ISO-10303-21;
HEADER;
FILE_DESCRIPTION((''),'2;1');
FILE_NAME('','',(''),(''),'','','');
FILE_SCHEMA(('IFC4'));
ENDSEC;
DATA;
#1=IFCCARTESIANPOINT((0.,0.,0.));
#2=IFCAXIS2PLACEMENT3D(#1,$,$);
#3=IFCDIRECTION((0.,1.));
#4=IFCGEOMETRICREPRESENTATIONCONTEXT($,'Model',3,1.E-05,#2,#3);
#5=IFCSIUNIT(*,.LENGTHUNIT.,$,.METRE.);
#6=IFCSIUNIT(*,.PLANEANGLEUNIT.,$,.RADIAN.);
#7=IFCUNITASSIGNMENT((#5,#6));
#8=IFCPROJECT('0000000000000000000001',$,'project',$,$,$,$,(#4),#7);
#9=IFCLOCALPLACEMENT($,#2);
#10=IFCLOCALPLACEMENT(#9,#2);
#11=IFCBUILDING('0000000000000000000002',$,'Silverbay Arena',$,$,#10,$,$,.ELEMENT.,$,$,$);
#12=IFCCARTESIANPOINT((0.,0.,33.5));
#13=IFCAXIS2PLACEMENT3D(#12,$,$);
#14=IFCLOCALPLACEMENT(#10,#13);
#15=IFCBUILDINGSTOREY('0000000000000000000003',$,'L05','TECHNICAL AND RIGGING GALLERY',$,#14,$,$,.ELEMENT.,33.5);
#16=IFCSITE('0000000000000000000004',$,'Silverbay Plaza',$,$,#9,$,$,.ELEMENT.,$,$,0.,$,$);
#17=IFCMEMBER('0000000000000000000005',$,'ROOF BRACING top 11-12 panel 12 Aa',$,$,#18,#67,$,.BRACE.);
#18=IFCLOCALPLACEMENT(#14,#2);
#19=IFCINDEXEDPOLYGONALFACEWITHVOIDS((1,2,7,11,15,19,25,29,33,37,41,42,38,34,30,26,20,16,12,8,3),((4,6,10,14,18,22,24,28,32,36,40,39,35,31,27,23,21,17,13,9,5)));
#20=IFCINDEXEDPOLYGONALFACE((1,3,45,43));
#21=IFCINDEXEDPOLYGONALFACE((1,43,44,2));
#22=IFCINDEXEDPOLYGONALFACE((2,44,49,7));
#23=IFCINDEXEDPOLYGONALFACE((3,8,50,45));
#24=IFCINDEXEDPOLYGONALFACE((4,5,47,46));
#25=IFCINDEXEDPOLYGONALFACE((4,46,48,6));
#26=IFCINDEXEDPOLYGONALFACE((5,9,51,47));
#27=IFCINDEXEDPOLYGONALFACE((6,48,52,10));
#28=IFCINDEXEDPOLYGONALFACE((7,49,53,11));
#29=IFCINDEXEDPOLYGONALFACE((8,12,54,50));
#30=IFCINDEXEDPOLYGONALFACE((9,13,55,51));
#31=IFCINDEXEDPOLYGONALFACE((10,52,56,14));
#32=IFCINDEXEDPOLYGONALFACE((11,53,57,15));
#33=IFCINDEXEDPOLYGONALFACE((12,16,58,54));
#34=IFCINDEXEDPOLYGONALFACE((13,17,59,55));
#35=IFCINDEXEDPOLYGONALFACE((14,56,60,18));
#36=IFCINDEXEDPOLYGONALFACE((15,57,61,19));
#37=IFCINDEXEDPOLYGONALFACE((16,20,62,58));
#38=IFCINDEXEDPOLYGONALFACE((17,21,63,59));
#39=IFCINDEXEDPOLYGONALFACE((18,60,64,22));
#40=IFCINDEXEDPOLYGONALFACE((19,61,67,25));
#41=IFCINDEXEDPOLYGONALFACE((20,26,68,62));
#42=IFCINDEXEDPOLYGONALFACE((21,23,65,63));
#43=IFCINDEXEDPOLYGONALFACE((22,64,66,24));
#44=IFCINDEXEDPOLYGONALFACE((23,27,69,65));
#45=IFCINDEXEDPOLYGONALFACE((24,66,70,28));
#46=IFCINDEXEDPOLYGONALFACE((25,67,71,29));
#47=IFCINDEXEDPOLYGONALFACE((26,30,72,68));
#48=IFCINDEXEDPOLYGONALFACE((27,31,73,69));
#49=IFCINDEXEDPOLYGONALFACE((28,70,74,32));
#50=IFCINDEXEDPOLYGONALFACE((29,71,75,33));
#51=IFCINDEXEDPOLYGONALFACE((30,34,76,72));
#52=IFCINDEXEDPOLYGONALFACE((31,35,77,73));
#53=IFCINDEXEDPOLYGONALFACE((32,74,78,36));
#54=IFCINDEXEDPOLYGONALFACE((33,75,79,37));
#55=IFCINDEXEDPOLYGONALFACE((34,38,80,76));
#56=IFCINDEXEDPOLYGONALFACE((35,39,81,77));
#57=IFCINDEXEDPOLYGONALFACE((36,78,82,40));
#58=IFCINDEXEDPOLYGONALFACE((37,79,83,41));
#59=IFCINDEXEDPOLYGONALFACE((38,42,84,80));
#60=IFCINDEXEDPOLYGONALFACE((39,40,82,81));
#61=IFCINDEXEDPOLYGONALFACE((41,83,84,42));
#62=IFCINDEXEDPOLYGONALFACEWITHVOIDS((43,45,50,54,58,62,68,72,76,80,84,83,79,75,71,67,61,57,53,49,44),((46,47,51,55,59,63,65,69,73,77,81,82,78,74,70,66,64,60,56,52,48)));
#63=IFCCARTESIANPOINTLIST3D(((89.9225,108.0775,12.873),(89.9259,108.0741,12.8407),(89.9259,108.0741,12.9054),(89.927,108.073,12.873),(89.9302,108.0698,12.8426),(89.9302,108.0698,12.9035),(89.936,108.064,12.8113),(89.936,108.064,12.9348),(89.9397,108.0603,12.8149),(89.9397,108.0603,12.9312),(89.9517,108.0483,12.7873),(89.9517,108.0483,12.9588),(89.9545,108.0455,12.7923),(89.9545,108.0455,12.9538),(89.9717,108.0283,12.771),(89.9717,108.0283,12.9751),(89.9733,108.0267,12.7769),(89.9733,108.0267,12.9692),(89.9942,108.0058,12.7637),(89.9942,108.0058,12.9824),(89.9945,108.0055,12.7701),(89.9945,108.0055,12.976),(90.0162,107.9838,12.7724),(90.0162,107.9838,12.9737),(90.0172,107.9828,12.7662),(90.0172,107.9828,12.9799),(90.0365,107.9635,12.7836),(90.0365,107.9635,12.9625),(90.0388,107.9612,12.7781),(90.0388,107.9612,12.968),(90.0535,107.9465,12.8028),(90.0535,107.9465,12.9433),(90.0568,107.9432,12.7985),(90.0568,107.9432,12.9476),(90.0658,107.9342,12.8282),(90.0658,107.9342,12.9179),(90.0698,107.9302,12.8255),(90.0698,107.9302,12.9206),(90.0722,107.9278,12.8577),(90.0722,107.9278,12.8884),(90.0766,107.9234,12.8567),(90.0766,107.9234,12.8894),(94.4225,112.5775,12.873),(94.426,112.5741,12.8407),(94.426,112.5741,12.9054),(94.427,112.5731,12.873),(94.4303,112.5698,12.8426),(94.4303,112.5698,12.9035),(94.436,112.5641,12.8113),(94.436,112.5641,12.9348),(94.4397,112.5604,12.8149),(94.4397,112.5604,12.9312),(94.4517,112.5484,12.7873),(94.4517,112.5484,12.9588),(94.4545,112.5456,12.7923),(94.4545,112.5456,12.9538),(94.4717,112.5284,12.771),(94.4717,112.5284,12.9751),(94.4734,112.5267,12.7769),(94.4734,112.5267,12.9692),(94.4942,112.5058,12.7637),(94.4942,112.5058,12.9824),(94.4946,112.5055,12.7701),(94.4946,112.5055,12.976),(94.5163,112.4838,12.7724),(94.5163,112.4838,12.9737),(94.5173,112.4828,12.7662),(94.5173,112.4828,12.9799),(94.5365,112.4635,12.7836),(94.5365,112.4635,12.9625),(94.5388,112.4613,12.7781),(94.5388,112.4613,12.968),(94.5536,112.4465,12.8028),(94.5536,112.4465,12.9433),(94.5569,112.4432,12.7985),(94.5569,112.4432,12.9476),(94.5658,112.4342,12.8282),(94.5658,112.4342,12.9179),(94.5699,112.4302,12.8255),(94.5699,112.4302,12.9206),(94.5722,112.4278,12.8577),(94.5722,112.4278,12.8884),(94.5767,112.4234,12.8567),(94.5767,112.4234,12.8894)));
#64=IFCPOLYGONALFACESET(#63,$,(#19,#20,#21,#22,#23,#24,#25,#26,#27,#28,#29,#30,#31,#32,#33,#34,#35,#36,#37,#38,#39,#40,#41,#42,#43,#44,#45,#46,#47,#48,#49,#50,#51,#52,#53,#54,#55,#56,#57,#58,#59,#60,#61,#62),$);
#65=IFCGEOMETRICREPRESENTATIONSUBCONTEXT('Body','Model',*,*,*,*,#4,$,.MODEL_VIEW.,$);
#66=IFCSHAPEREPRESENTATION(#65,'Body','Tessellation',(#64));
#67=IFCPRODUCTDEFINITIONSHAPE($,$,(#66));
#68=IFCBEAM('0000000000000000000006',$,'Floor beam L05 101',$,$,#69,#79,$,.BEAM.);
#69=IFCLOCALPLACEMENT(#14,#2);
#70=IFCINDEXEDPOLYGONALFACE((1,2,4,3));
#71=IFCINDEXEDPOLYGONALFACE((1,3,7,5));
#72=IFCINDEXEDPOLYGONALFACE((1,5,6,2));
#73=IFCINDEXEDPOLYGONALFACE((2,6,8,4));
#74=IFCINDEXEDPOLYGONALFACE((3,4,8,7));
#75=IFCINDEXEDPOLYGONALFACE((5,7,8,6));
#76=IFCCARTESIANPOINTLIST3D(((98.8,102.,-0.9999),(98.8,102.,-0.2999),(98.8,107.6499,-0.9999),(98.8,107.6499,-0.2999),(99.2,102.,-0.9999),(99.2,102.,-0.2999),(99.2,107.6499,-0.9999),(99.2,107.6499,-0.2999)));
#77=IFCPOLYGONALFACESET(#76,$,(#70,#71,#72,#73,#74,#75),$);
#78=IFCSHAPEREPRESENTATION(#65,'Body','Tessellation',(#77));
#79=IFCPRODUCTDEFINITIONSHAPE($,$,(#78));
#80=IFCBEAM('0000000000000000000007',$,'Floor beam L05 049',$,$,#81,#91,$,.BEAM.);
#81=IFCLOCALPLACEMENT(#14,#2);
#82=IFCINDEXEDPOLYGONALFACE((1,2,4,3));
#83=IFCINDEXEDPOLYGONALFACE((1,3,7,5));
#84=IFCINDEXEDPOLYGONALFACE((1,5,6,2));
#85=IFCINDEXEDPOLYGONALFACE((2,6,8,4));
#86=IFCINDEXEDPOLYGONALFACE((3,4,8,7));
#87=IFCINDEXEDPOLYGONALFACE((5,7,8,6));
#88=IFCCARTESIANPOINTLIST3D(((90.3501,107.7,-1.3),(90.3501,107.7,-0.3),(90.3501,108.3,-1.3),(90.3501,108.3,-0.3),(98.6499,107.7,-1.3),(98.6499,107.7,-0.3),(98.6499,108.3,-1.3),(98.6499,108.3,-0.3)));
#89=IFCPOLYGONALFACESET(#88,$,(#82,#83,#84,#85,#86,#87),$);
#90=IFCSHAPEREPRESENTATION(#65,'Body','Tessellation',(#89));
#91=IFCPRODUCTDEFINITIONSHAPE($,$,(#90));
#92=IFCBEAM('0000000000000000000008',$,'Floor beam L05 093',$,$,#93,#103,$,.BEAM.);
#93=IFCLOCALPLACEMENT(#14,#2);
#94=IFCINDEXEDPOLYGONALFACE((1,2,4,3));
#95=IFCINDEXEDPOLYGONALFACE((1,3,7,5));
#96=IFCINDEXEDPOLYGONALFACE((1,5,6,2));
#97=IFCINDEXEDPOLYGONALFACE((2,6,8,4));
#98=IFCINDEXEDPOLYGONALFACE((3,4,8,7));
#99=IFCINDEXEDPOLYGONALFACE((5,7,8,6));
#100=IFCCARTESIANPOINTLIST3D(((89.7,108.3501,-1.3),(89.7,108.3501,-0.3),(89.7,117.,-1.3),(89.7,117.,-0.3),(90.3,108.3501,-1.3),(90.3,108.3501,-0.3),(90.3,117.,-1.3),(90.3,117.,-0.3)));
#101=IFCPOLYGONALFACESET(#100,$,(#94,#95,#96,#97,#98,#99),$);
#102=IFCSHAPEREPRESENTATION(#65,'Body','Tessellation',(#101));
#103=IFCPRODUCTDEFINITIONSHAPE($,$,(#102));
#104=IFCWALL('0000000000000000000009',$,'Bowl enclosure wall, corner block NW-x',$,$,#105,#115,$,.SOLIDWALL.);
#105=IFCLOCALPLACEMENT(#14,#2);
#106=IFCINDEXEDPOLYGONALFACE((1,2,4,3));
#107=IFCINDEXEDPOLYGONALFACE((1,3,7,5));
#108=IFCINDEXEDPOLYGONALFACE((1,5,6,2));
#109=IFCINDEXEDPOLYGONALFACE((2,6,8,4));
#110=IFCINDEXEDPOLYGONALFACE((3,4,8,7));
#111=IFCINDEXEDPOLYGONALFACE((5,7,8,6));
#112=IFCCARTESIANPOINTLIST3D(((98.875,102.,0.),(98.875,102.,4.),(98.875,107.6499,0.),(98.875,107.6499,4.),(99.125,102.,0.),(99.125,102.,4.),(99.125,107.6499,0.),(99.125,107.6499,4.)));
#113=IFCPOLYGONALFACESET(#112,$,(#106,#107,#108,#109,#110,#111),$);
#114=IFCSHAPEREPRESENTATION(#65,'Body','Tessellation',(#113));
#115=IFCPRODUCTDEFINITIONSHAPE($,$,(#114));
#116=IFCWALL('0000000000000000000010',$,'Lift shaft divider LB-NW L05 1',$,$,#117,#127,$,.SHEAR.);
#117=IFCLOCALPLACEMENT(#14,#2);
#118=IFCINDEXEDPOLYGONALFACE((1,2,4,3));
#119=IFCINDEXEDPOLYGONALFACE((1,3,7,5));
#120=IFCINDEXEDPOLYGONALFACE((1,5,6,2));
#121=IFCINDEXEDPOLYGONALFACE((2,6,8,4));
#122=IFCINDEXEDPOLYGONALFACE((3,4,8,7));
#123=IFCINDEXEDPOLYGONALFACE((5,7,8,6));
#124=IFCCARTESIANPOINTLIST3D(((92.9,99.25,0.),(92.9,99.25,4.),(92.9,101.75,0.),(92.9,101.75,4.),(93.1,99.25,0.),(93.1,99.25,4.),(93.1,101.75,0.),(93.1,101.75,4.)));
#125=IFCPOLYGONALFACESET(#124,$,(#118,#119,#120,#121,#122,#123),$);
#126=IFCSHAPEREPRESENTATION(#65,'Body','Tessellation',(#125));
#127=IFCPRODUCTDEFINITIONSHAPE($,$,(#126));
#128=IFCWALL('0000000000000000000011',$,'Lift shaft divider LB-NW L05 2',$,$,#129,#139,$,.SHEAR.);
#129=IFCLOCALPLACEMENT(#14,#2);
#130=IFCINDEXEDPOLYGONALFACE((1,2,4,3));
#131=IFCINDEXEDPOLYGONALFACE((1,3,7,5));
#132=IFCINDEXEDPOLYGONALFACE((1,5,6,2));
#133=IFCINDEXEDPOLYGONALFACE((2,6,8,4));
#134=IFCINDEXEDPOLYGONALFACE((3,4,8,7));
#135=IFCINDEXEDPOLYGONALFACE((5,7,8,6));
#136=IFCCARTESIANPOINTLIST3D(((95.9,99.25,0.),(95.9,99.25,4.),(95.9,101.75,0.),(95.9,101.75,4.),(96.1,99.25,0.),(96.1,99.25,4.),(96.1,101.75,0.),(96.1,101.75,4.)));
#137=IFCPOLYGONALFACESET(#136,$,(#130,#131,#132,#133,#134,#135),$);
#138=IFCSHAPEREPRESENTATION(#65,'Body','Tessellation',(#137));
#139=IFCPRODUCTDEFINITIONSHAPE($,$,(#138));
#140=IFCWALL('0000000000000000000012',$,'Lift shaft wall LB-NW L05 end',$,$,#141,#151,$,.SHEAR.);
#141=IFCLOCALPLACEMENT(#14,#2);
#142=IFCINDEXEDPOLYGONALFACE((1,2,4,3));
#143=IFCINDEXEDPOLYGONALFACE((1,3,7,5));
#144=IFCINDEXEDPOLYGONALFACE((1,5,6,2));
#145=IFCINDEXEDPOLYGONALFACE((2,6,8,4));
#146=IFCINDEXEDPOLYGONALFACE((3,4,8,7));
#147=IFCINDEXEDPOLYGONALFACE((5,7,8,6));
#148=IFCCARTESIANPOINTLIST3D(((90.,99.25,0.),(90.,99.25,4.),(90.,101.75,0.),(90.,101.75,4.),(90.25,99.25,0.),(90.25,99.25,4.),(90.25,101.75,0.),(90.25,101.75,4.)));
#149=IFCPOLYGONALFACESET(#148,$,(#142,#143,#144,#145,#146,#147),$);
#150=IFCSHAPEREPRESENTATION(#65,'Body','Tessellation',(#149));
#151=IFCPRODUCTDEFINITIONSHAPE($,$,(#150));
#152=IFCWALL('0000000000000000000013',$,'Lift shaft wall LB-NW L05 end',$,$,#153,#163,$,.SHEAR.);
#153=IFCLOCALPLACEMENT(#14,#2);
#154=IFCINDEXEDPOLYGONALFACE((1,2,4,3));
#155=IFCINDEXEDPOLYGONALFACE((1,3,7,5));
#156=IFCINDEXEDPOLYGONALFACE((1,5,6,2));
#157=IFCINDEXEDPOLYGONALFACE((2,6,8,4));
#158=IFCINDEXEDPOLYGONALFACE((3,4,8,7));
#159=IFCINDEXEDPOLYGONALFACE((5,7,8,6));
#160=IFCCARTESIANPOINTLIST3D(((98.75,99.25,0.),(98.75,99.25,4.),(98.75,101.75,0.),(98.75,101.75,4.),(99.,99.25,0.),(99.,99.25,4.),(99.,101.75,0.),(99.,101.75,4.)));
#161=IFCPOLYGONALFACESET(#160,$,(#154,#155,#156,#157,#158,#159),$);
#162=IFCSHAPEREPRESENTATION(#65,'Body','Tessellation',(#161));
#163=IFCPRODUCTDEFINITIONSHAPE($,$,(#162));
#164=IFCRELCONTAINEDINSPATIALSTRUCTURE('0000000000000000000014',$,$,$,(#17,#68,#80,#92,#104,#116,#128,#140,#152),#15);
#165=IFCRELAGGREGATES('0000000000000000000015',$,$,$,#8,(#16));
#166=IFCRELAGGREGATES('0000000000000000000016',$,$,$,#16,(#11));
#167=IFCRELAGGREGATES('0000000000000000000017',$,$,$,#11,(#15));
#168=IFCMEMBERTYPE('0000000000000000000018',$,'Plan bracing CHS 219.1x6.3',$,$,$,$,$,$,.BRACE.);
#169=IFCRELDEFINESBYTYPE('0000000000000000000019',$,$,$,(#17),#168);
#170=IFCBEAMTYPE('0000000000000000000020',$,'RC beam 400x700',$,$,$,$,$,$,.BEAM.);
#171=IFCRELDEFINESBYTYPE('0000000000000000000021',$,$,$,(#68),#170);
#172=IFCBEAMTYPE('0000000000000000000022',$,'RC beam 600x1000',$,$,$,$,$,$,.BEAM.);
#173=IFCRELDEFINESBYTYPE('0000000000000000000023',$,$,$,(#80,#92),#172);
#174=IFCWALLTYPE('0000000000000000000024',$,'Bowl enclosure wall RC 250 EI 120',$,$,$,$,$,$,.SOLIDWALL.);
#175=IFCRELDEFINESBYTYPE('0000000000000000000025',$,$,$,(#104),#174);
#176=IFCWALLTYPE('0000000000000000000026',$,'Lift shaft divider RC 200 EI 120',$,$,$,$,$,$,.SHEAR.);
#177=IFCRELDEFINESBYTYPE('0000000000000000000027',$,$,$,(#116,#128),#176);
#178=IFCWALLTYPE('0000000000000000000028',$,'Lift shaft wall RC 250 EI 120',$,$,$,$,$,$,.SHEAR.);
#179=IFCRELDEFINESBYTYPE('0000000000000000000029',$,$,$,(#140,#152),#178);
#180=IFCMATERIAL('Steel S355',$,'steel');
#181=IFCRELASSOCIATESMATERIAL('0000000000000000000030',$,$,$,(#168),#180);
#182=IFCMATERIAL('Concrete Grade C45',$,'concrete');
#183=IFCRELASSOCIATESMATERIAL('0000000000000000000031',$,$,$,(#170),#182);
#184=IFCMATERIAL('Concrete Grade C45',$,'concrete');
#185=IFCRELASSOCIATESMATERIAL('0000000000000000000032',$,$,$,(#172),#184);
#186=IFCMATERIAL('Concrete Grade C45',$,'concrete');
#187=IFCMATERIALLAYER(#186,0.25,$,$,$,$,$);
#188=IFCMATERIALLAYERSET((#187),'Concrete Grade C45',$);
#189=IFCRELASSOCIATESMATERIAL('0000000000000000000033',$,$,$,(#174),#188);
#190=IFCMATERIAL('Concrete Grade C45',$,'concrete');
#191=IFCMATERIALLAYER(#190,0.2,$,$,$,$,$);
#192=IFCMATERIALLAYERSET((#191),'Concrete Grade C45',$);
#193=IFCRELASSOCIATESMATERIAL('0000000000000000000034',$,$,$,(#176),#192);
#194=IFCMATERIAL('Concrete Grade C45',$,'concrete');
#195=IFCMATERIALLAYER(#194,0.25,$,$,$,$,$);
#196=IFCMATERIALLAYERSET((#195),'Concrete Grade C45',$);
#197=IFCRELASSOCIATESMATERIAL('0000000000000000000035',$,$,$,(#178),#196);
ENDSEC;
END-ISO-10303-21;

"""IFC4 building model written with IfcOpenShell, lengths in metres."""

from ifc_helpers import new_model, si_unit, direction, frame, frame_2d, origin, origin_2d, place, context, subcontext, project, spatial, rectangle, hollow_circle, extrude, material, layer, layer_set, material_profile, profile_set, type_object, element, save


model = new_model("IFC4")

# Units and contexts
model_context = context("Model", 3, precision=1e-05, world=origin(), true_north=direction((0.0, 1.0)))
body_context = subcontext(model_context, "Body", "Model", "MODEL_VIEW")
ifc_project = project(units=[si_unit("LENGTHUNIT", "METRE"), si_unit("PLANEANGLEUNIT", "RADIAN")], contexts=[model_context])

# Site, building, storey
site_placement = place(None, origin())
site = spatial("IfcSite", under=ifc_project, at=site_placement, Name="Silverbay Plaza", CompositionType="ELEMENT", RefElevation=0.0)
building_placement = place(site_placement, origin())
building = spatial("IfcBuilding", under=site, at=building_placement, Name="Silverbay Arena", CompositionType="ELEMENT")
storey_placement = place(building_placement, frame((0.0, 0.0, 33.5)))
storey = spatial("IfcBuildingStorey", under=building, at=storey_placement, Name="L05", Description="TECHNICAL AND RIGGING GALLERY", CompositionType="ELEMENT", Elevation=33.5)

# Member
ifc_material_1 = material(Name="Steel S355", Category="steel")
ifc_material_profile_1 = material_profile(ifc_material_1, hollow_circle(Radius=0.1096, WallThickness=0.0063, at=origin_2d()), Name="CHS 219.1x6.3")
ifc_profile_set_1 = profile_set([ifc_material_profile_1], Name="Steel S355")
member_type_1 = type_object("IfcMemberType", Name="Plan bracing CHS 219.1x6.3", PredefinedType="BRACE", material=ifc_profile_set_1)
member_1_placement = place(storey_placement, frame((90.0, 108.0, 12.873), z_axis=(0.707107, 0.707107, 0.0), x_axis=(-0.707107, 0.707107, 0.0)))
element("IfcMember", 1, at=member_1_placement, inside=storey, type_object=member_type_1, Name="ROOF BRACING top 11-12 panel 12 Aa", PredefinedType="BRACE", context=body_context, shape_type="SweptSolid", body=[
    extrude(hollow_circle(Radius=0.1096, WallThickness=0.0063, at=origin_2d()), origin(), (0.0, 0.0, 1.0), 6.364),
])

# Beams
ifc_material_2 = material(Name="Concrete Grade C45", Category="concrete")
ifc_material_profile_2 = material_profile(ifc_material_2, rectangle(XDim=0.3999, YDim=0.7, at=origin_2d()), Name="RC 400x700")
ifc_profile_set_2 = profile_set([ifc_material_profile_2], Name="Concrete Grade C45")
beam_type_1 = type_object("IfcBeamType", Name="RC beam 400x700", PredefinedType="BEAM", material=ifc_profile_set_2)
beam_1_placement = place(storey_placement, frame((99.0, 102.0, -0.6499), z_axis=(0.0, 1.0, 0.0), x_axis=(-1.0, 0.0, 0.0)))
element("IfcBeam", 2, at=beam_1_placement, inside=storey, type_object=beam_type_1, Name="Floor beam L05 101", PredefinedType="BEAM", context=body_context, shape_type="SweptSolid", body=[
    extrude(rectangle(XDim=0.3999, YDim=0.7, at=origin_2d()), origin(), (0.0, 0.0, 1.0), 5.6499),
])
ifc_material_3 = material(Name="Concrete Grade C45", Category="concrete")
ifc_material_profile_3 = material_profile(ifc_material_3, rectangle(XDim=0.6001, YDim=1.0, at=origin_2d()), Name="RC 600x1000")
ifc_profile_set_3 = profile_set([ifc_material_profile_3], Name="Concrete Grade C45")
beam_type_2 = type_object("IfcBeamType", Name="RC beam 600x1000", PredefinedType="BEAM", material=ifc_profile_set_3)
beam_2_placement = place(storey_placement, frame((90.3501, 108.0, -0.8), z_axis=(1.0, 0.0, 0.0), x_axis=(0.0, 1.0, 0.0)))
element("IfcBeam", 3, at=beam_2_placement, inside=storey, type_object=beam_type_2, Name="Floor beam L05 049", PredefinedType="BEAM", context=body_context, shape_type="SweptSolid", body=[
    extrude(rectangle(XDim=0.6001, YDim=1.0, at=origin_2d()), origin(), (0.0, 0.0, 1.0), 8.2998),
])
beam_3_placement = place(storey_placement, frame((90.0, 108.3501, -0.8), z_axis=(0.0, 1.0, 0.0), x_axis=(-1.0, 0.0, 0.0)))
element("IfcBeam", 4, at=beam_3_placement, inside=storey, type_object=beam_type_2, Name="Floor beam L05 093", PredefinedType="BEAM", context=body_context, shape_type="SweptSolid", body=[
    extrude(rectangle(XDim=0.6001, YDim=1.0, at=origin_2d()), origin(), (0.0, 0.0, 1.0), 8.6499),
])

# Walls
ifc_material_4 = material(Name="Concrete Grade C45", Category="concrete")
ifc_layer_1 = layer(ifc_material_4, 0.25)
ifc_layer_set_1 = layer_set([ifc_layer_1], Name="Concrete Grade C45")
wall_type_1 = type_object("IfcWallType", Name="Bowl enclosure wall RC 250 EI 120", PredefinedType="SOLIDWALL", material=ifc_layer_set_1)
wall_1_placement = place(storey_placement, frame((99.0, 102.0, 0.0), z_axis=(0.0, 0.0, 1.0), x_axis=(0.0, 1.0, 0.0)))
element("IfcWall", 5, at=wall_1_placement, inside=storey, type_object=wall_type_1, Name="Bowl enclosure wall, corner block NW-x", PredefinedType="SOLIDWALL", context=body_context, shape_type="SweptSolid", body=[
    extrude(rectangle(XDim=5.6499, YDim=0.25, at=frame_2d((2.825, 0.0))), origin(), (0.0, 0.0, 1.0), 4.0),
])
ifc_material_5 = material(Name="Concrete Grade C45", Category="concrete")
ifc_layer_2 = layer(ifc_material_5, 0.2)
ifc_layer_set_2 = layer_set([ifc_layer_2], Name="Concrete Grade C45")
wall_type_2 = type_object("IfcWallType", Name="Lift shaft divider RC 200 EI 120", PredefinedType="SHEAR", material=ifc_layer_set_2)
for number, where, z_axis, x_axis, name in (
    (6, (93.0, 99.25, 0.0), (0.0, 0.0, 1.0), (0.0, 1.0, 0.0), "Lift shaft divider LB-NW L05 1"),
    (7, (96.0, 99.25, 0.0), (0.0, 0.0, 1.0), (0.0, 1.0, 0.0), "Lift shaft divider LB-NW L05 2"),
):
    element("IfcWall", number, at=place(storey_placement, frame(where, z_axis=z_axis, x_axis=x_axis)), inside=storey, type_object=wall_type_2, Name=name, PredefinedType="SHEAR", context=body_context, shape_type="SweptSolid", body=[
        extrude(rectangle(XDim=2.5, YDim=0.2, at=frame_2d((1.25, 0.0))), origin(), (0.0, 0.0, 1.0), 4.0),
    ])
ifc_material_6 = material(Name="Concrete Grade C45", Category="concrete")
ifc_layer_3 = layer(ifc_material_6, 0.25)
ifc_layer_set_3 = layer_set([ifc_layer_3], Name="Concrete Grade C45")
wall_type_3 = type_object("IfcWallType", Name="Lift shaft wall RC 250 EI 120", PredefinedType="SHEAR", material=ifc_layer_set_3)
for number, where, z_axis, x_axis, name in (
    (8, (90.125, 99.25, 0.0), (0.0, 0.0, 1.0), (0.0, 1.0, 0.0), "Lift shaft wall LB-NW L05 end"),
    (9, (98.875, 99.25, 0.0), (0.0, 0.0, 1.0), (0.0, 1.0, 0.0), "Lift shaft wall LB-NW L05 end"),
):
    element("IfcWall", number, at=place(storey_placement, frame(where, z_axis=z_axis, x_axis=x_axis)), inside=storey, type_object=wall_type_3, Name=name, PredefinedType="SHEAR", context=body_context, shape_type="SweptSolid", body=[
        extrude(rectangle(XDim=2.5, YDim=0.25, at=frame_2d((1.25, 0.0))), origin(), (0.0, 0.0, 1.0), 4.0),
    ])

save(model, "model.ifc")
